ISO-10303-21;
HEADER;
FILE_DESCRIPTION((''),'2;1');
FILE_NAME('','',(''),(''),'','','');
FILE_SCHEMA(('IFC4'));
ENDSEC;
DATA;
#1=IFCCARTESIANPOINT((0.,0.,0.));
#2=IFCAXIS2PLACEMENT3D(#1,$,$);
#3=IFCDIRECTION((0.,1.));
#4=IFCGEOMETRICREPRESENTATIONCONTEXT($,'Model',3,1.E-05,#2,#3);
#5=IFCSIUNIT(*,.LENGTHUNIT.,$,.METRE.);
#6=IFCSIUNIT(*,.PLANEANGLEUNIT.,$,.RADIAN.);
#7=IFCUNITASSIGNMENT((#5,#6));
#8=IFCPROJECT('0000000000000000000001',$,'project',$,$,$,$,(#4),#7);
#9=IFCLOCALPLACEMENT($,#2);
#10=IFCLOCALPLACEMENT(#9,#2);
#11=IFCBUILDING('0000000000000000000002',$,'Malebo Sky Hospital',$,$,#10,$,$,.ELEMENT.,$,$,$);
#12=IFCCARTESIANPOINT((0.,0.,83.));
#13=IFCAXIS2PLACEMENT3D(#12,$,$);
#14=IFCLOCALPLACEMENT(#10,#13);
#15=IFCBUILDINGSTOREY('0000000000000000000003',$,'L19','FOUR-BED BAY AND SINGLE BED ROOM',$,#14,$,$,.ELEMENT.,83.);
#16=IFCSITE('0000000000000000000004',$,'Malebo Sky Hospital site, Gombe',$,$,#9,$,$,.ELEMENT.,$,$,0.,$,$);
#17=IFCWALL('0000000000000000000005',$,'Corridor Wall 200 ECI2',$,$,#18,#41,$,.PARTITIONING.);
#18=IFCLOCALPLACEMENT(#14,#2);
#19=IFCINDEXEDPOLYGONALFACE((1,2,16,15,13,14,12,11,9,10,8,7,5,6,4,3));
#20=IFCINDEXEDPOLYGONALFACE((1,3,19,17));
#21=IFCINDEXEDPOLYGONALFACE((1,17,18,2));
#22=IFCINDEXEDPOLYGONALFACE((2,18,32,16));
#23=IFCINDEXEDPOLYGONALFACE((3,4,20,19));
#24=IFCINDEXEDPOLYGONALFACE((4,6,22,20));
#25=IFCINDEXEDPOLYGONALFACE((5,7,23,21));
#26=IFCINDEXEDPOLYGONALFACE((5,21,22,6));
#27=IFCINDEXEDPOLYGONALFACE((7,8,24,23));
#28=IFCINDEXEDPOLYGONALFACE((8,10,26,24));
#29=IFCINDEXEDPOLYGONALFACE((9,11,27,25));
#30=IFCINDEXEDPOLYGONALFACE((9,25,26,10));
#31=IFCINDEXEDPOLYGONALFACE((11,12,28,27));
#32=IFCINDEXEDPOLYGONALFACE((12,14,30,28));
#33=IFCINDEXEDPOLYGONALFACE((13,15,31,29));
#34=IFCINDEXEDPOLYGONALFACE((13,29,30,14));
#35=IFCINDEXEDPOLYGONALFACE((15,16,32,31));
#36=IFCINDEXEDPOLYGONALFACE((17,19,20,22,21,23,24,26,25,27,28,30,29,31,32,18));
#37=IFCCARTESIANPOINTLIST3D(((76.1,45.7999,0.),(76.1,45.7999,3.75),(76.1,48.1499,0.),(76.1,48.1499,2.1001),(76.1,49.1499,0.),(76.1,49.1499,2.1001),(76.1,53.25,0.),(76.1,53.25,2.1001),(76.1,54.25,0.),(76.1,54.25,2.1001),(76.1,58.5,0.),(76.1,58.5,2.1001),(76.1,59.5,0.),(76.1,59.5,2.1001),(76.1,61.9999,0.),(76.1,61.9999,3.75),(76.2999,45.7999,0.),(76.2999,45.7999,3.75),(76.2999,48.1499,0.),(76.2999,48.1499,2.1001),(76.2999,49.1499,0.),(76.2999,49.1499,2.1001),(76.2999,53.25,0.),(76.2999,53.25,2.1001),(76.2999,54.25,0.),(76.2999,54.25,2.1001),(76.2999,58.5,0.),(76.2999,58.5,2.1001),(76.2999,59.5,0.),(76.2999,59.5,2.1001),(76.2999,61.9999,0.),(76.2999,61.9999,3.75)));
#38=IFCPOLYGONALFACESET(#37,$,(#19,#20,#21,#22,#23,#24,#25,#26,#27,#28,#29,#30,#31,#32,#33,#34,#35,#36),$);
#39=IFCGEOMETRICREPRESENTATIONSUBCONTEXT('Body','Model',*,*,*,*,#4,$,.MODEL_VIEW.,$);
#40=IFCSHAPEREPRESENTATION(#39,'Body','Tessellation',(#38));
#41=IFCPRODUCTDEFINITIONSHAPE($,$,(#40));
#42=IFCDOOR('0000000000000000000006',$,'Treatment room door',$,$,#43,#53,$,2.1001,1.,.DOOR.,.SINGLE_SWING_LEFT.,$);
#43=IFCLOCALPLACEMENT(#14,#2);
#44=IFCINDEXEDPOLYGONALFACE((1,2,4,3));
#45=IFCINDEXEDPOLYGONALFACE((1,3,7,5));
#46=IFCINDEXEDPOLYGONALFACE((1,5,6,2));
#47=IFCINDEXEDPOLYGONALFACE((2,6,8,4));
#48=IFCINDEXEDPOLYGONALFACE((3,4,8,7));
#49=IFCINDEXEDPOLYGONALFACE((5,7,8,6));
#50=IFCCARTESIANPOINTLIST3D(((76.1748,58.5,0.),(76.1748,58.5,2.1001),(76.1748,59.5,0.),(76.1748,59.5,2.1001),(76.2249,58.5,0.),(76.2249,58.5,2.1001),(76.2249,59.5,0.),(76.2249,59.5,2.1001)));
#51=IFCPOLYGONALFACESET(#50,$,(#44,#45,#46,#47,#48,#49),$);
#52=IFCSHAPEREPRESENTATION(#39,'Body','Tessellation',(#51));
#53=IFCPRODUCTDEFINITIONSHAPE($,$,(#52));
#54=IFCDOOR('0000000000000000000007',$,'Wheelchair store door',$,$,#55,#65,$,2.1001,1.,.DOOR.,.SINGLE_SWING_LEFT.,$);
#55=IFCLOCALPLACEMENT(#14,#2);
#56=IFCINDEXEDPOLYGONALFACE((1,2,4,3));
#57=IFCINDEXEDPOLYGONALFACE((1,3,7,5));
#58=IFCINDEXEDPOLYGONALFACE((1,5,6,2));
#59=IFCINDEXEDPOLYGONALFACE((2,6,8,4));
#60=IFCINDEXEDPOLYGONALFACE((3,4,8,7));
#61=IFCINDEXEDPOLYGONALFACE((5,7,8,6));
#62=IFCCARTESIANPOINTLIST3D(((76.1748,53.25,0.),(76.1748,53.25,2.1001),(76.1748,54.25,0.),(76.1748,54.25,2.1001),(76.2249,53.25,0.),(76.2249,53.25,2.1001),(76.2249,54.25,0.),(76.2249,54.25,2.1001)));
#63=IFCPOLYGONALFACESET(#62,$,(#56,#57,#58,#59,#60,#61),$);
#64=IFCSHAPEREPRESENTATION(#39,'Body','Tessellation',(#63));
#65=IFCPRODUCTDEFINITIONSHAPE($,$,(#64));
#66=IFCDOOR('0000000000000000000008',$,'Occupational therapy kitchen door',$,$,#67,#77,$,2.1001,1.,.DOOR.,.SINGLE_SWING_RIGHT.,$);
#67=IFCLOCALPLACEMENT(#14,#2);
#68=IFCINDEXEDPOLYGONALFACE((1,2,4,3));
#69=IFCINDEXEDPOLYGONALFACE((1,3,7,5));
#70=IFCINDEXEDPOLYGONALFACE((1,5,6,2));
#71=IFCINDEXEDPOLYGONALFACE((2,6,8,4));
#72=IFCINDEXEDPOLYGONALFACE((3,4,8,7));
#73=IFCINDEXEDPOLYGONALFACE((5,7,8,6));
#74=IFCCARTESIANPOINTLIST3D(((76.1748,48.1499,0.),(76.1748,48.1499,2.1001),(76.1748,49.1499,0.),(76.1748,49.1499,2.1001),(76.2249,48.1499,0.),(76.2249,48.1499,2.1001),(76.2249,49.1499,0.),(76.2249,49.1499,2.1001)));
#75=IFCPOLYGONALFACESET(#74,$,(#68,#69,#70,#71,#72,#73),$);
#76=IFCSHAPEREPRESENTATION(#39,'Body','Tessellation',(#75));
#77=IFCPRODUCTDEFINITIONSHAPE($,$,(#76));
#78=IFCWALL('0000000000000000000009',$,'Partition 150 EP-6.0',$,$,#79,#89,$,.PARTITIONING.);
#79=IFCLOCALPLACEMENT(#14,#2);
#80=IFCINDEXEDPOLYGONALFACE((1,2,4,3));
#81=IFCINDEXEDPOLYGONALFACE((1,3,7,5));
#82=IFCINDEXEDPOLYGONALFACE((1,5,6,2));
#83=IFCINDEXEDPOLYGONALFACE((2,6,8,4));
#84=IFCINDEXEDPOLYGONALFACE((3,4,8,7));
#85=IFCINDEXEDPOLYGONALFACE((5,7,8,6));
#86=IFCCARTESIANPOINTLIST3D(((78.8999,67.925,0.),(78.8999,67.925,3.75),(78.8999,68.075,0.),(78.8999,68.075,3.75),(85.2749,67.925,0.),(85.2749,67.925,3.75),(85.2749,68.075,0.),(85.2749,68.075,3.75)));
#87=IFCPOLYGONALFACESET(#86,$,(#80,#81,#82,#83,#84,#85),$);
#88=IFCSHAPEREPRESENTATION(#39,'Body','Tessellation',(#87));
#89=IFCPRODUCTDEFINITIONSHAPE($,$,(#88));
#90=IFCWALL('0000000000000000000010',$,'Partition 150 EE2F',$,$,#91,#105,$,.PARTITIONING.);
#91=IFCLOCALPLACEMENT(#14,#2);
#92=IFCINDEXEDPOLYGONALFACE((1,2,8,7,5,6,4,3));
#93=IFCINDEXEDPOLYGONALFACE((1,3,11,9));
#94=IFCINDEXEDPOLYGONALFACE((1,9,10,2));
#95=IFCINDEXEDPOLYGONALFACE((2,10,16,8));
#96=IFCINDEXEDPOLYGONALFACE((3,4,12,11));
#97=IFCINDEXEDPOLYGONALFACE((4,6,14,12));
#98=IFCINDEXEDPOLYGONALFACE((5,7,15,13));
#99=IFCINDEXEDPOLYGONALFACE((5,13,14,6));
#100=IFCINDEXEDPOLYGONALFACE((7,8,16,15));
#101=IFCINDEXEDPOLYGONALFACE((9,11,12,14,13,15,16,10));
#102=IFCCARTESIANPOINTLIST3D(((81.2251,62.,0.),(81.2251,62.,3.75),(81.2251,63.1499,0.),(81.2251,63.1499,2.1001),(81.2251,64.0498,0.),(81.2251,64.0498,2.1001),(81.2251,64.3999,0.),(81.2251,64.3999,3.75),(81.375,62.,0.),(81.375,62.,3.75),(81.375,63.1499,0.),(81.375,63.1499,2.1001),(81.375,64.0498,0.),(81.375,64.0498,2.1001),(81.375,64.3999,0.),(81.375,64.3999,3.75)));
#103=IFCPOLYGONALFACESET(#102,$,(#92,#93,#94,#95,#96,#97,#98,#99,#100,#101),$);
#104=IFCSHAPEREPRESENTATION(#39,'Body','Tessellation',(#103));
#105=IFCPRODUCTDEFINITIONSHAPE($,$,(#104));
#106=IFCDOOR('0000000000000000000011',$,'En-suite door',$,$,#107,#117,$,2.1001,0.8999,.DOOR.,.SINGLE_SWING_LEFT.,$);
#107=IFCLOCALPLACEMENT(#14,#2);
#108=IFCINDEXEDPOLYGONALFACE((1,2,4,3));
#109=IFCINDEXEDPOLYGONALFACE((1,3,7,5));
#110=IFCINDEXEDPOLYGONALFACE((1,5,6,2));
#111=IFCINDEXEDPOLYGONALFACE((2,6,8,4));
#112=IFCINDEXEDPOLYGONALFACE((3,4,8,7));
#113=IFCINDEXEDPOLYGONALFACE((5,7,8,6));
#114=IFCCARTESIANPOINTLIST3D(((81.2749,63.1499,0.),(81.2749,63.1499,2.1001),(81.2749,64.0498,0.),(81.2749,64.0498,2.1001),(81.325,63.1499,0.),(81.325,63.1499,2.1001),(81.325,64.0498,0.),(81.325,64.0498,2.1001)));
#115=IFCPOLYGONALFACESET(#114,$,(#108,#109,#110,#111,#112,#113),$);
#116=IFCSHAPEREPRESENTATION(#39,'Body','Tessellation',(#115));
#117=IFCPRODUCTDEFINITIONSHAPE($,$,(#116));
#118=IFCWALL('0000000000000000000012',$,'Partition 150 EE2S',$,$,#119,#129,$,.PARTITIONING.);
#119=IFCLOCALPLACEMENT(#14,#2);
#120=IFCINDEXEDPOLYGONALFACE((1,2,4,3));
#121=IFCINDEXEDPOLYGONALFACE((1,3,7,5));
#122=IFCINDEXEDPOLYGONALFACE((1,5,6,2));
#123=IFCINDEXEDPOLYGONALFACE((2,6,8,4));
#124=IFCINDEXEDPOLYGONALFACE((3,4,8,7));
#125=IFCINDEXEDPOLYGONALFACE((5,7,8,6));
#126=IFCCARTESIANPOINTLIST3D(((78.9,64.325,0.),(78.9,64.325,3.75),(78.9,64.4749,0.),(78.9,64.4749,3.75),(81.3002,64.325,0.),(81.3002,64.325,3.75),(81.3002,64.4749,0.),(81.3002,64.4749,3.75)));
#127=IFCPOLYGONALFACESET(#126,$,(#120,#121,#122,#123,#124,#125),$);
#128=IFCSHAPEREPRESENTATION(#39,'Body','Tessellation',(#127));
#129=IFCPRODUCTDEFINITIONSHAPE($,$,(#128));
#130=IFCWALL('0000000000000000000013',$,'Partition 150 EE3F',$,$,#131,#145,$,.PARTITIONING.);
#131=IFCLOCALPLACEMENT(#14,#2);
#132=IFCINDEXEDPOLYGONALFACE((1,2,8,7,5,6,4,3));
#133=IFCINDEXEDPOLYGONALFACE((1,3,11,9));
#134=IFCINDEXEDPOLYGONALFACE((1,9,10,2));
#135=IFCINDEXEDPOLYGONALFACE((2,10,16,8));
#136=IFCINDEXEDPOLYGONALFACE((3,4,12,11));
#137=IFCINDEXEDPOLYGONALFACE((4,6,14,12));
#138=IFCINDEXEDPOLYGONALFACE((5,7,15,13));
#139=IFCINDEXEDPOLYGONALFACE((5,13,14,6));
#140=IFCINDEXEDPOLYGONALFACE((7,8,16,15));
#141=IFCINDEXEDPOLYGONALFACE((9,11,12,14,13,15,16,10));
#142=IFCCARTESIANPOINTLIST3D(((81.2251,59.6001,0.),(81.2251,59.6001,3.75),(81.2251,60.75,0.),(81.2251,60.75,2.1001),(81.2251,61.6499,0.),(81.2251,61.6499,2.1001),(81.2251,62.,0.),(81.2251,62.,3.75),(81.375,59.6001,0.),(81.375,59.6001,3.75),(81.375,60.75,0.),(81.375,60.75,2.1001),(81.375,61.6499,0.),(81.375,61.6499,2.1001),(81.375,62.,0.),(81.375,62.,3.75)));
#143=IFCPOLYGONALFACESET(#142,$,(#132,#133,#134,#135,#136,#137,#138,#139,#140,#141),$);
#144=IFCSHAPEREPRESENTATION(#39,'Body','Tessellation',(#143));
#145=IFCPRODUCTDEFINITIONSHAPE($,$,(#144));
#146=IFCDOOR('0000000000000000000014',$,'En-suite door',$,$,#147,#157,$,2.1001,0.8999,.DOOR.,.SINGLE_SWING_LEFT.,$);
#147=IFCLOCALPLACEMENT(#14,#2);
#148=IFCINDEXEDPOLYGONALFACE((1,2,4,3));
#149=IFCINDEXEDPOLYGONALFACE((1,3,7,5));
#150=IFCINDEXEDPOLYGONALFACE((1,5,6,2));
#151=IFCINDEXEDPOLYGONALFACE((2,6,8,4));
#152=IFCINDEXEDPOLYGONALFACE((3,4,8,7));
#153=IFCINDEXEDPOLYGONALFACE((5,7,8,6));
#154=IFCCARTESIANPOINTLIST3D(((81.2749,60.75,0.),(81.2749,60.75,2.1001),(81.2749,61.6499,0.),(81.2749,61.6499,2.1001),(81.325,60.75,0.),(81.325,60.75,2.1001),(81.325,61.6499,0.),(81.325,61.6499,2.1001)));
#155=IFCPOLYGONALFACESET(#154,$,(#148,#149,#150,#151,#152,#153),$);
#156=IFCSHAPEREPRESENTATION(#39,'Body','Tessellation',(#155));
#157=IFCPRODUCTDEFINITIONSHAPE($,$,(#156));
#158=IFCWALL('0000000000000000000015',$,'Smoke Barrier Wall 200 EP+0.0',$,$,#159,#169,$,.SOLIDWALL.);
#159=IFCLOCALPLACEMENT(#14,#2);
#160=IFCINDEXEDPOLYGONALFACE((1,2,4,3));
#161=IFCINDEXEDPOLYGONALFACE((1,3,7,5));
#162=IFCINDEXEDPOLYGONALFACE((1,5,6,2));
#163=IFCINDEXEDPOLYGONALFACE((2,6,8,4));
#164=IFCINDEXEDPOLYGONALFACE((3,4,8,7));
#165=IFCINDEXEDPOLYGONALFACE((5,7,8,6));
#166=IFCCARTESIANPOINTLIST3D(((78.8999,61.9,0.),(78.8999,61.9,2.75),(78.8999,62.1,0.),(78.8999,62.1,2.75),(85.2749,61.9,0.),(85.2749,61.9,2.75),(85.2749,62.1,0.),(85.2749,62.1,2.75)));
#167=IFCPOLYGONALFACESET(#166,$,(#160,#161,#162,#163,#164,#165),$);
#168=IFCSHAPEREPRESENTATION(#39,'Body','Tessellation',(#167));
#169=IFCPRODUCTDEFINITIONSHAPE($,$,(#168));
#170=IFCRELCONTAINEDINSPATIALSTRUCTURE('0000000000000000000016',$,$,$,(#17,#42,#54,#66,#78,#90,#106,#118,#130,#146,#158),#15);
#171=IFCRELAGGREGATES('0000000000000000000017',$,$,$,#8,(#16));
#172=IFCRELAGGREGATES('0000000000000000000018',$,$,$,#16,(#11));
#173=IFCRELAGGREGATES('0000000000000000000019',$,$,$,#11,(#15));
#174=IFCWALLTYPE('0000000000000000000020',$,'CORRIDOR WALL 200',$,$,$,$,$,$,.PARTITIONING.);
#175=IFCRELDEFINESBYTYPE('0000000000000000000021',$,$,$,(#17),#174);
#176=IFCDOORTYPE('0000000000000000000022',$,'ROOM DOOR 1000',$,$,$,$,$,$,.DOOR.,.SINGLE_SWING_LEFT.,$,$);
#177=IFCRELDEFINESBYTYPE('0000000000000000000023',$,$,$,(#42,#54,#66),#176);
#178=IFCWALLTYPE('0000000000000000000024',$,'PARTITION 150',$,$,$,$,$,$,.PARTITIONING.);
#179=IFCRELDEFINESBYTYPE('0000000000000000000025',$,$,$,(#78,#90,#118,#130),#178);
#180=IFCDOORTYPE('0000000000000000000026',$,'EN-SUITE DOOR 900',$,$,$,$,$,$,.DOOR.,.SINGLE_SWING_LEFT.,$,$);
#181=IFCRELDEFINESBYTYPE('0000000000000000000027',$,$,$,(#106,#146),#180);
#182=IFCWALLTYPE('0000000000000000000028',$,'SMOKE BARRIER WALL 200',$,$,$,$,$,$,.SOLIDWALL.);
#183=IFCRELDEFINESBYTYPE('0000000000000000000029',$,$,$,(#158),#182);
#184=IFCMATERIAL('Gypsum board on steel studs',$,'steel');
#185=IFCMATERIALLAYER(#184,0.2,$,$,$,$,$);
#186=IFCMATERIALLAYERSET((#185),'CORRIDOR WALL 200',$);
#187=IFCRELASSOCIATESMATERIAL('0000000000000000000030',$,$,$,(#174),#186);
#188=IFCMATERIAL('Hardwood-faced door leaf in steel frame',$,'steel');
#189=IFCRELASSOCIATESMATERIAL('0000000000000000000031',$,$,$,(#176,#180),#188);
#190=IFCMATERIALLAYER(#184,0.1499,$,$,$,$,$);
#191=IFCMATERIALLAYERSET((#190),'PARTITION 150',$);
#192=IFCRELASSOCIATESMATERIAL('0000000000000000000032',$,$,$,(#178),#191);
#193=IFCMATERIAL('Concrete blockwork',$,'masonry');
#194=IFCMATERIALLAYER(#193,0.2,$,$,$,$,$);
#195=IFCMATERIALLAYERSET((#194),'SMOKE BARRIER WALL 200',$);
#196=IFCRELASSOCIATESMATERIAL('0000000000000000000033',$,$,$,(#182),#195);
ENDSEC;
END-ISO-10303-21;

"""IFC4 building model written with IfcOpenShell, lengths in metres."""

from ifc_helpers import new_model, si_unit, direction, frame, frame_2d, origin, place, context, subcontext, project, spatial, rectangle, extrude, material, layer, layer_set, type_object, element, fill, save


model = new_model("IFC4")

# Units and contexts
model_context = context("Model", 3, precision=1e-05, world=origin(), true_north=direction((0.0, 1.0)))
body_context = subcontext(model_context, "Body", "Model", "MODEL_VIEW")
ifc_project = project(units=[si_unit("LENGTHUNIT", "METRE"), si_unit("PLANEANGLEUNIT", "RADIAN")], contexts=[model_context])

# Site, building, storey
site_placement = place(None, origin())
site = spatial("IfcSite", under=ifc_project, at=site_placement, Name="Malebo Sky Hospital site, Gombe", CompositionType="ELEMENT", RefElevation=0.0)
building_placement = place(site_placement, origin())
building = spatial("IfcBuilding", under=site, at=building_placement, Name="Malebo Sky Hospital", CompositionType="ELEMENT")
storey_placement = place(building_placement, frame((0.0, 0.0, 83.0)))
storey = spatial("IfcBuildingStorey", under=building, at=storey_placement, Name="L19", Description="FOUR-BED BAY AND SINGLE BED ROOM", CompositionType="ELEMENT", Elevation=83.0)

# Wall, openings, doors
ifc_material_1 = material(Name="Gypsum board on steel studs", Category="steel")
ifc_layer_1 = layer(ifc_material_1, 0.2)
ifc_layer_set_1 = layer_set([ifc_layer_1], Name="CORRIDOR WALL 200")
wall_type_1 = type_object("IfcWallType", Name="CORRIDOR WALL 200", PredefinedType="PARTITIONING", material=ifc_layer_set_1)
wall_1_placement = place(storey_placement, frame((76.2, 62.0, 0.0), z_axis=(0.0, 0.0, 1.0), x_axis=(0.0, -1.0, 0.0)))
wall_1 = element("IfcWall", 1, at=wall_1_placement, inside=storey, type_object=wall_type_1, Name="Corridor Wall 200 ECI2", PredefinedType="PARTITIONING", context=body_context, shape_type="SweptSolid", body=[
    extrude(rectangle(XDim=16.2, YDim=0.2, at=frame_2d((8.1001, 0.0))), origin(), (0.0, 0.0, 1.0), 3.75),
])
opening_1_placement = place(wall_1_placement, frame((2.5, 0.0, 0.0)))
opening_1 = element("IfcOpeningElement", 2, at=opening_1_placement, cuts=wall_1, PredefinedType="OPENING", context=body_context, shape_type="SweptSolid", body=[
    extrude(rectangle(XDim=1.0, YDim=2.1001, at=frame_2d((0.5, 1.05))), frame((0.0, 0.1099, 0.0), z_axis=(0.0, -1.0, 0.0), x_axis=(1.0, 0.0, 0.0)), (0.0, 0.0, 1.0), 0.22),
])
opening_2_placement = place(wall_1_placement, frame((7.75, 0.0, 0.0)))
opening_2 = element("IfcOpeningElement", 3, at=opening_2_placement, cuts=wall_1, PredefinedType="OPENING", context=body_context, shape_type="SweptSolid", body=[
    extrude(rectangle(XDim=1.0, YDim=2.1001, at=frame_2d((0.5, 1.05))), frame((0.0, 0.1099, 0.0), z_axis=(0.0, -1.0, 0.0), x_axis=(1.0, 0.0, 0.0)), (0.0, 0.0, 1.0), 0.22),
])
opening_3_placement = place(wall_1_placement, frame((12.8501, 0.0, 0.0)))
opening_3 = element("IfcOpeningElement", 4, at=opening_3_placement, cuts=wall_1, PredefinedType="OPENING", context=body_context, shape_type="SweptSolid", body=[
    extrude(rectangle(XDim=1.0, YDim=2.1001, at=frame_2d((0.5, 1.05))), frame((0.0, 0.1099, 0.0), z_axis=(0.0, -1.0, 0.0), x_axis=(1.0, 0.0, 0.0)), (0.0, 0.0, 1.0), 0.22),
])
ifc_material_2 = material(Name="Hardwood-faced door leaf in steel frame", Category="steel")
door_type_1 = type_object("IfcDoorType", Name="ROOM DOOR 1000", OperationType="SINGLE_SWING_LEFT", PredefinedType="DOOR", material=ifc_material_2)
door_1_placement = place(opening_1_placement, origin())
door_1 = element("IfcDoor", 5, at=door_1_placement, inside=storey, type_object=door_type_1, Name="Treatment room door", OperationType="SINGLE_SWING_LEFT", OverallHeight=2.1001, OverallWidth=1.0, PredefinedType="DOOR", context=body_context, shape_type="SweptSolid", body=[
    extrude(rectangle(XDim=1.0, YDim=2.1001, at=frame_2d((0.5, 1.05))), frame((0.0, 0.0249, 0.0), z_axis=(0.0, -1.0, 0.0), x_axis=(1.0, 0.0, 0.0)), (0.0, 0.0, 1.0), 0.05),
])
fill(opening_1, door_1)
door_2_placement = place(opening_2_placement, origin())
door_2 = element("IfcDoor", 6, at=door_2_placement, inside=storey, type_object=door_type_1, Name="Wheelchair store door", OperationType="SINGLE_SWING_LEFT", OverallHeight=2.1001, OverallWidth=1.0, PredefinedType="DOOR", context=body_context, shape_type="SweptSolid", body=[
    extrude(rectangle(XDim=1.0, YDim=2.1001, at=frame_2d((0.5, 1.05))), frame((0.0, 0.0249, 0.0), z_axis=(0.0, -1.0, 0.0), x_axis=(1.0, 0.0, 0.0)), (0.0, 0.0, 1.0), 0.05),
])
fill(opening_2, door_2)
door_3_placement = place(opening_3_placement, origin())
door_3 = element("IfcDoor", 7, at=door_3_placement, inside=storey, type_object=door_type_1, Name="Occupational therapy kitchen door", OperationType="SINGLE_SWING_RIGHT", OverallHeight=2.1001, OverallWidth=1.0, PredefinedType="DOOR", context=body_context, shape_type="SweptSolid", body=[
    extrude(rectangle(XDim=1.0, YDim=2.1001, at=frame_2d((0.5, 1.05))), frame((0.0, 0.0249, 0.0), z_axis=(0.0, -1.0, 0.0), x_axis=(1.0, 0.0, 0.0)), (0.0, 0.0, 1.0), 0.05),
])
fill(opening_3, door_3)

# Wall
ifc_layer_2 = layer(ifc_material_1, 0.1499)
ifc_layer_set_2 = layer_set([ifc_layer_2], Name="PARTITION 150")
wall_type_2 = type_object("IfcWallType", Name="PARTITION 150", PredefinedType="PARTITIONING", material=ifc_layer_set_2)
wall_2_placement = place(storey_placement, frame((78.8999, 68.0, 0.0), z_axis=(0.0, 0.0, 1.0), x_axis=(1.0, 0.0, 0.0)))
element("IfcWall", 8, at=wall_2_placement, inside=storey, type_object=wall_type_2, Name="Partition 150 EP-6.0", PredefinedType="PARTITIONING", context=body_context, shape_type="SweptSolid", body=[
    extrude(rectangle(XDim=6.375, YDim=0.1499, at=frame_2d((3.1875, 0.0))), origin(), (0.0, 0.0, 1.0), 3.75),
])

# Wall, opening, door
wall_3_placement = place(storey_placement, frame((81.3, 64.3999, 0.0), z_axis=(0.0, 0.0, 1.0), x_axis=(0.0, -1.0, 0.0)))
wall_3 = element("IfcWall", 9, at=wall_3_placement, inside=storey, type_object=wall_type_2, Name="Partition 150 EE2F", PredefinedType="PARTITIONING", context=body_context, shape_type="SweptSolid", body=[
    extrude(rectangle(XDim=2.3999, YDim=0.1499, at=frame_2d((1.2, 0.0))), origin(), (0.0, 0.0, 1.0), 3.75),
])
opening_4_placement = place(wall_3_placement, frame((0.3501, 0.0, 0.0)))
opening_4 = element("IfcOpeningElement", 10, at=opening_4_placement, cuts=wall_3, PredefinedType="OPENING", context=body_context, shape_type="SweptSolid", body=[
    extrude(rectangle(XDim=0.8999, YDim=2.1001, at=frame_2d((0.45, 1.05))), frame((0.0, 0.085, 0.0), z_axis=(0.0, -1.0, 0.0), x_axis=(1.0, 0.0, 0.0)), (0.0, 0.0, 1.0), 0.1699),
])
door_type_2 = type_object("IfcDoorType", Name="EN-SUITE DOOR 900", OperationType="SINGLE_SWING_LEFT", PredefinedType="DOOR", material=ifc_material_2)
door_4_placement = place(opening_4_placement, origin())
door_4 = element("IfcDoor", 11, at=door_4_placement, inside=storey, type_object=door_type_2, Name="En-suite door", OperationType="SINGLE_SWING_LEFT", OverallHeight=2.1001, OverallWidth=0.8999, PredefinedType="DOOR", context=body_context, shape_type="SweptSolid", body=[
    extrude(rectangle(XDim=0.8999, YDim=2.1001, at=frame_2d((0.45, 1.05))), frame((0.0, 0.0249, 0.0), z_axis=(0.0, -1.0, 0.0), x_axis=(1.0, 0.0, 0.0)), (0.0, 0.0, 1.0), 0.05),
])
fill(opening_4, door_4)

# Wall
wall_4_placement = place(storey_placement, frame((78.8999, 64.3999, 0.0), z_axis=(0.0, 0.0, 1.0), x_axis=(1.0, 0.0, 0.0)))
element("IfcWall", 12, at=wall_4_placement, inside=storey, type_object=wall_type_2, Name="Partition 150 EE2S", PredefinedType="PARTITIONING", context=body_context, shape_type="SweptSolid", body=[
    extrude(rectangle(XDim=2.4001, YDim=0.1499, at=frame_2d((1.2002, 0.0))), origin(), (0.0, 0.0, 1.0), 3.75),
])

# Wall, opening, door
wall_5_placement = place(storey_placement, frame((81.3, 62.0, 0.0), z_axis=(0.0, 0.0, 1.0), x_axis=(0.0, -1.0, 0.0)))
wall_5 = element("IfcWall", 13, at=wall_5_placement, inside=storey, type_object=wall_type_2, Name="Partition 150 EE3F", PredefinedType="PARTITIONING", context=body_context, shape_type="SweptSolid", body=[
    extrude(rectangle(XDim=2.3999, YDim=0.1499, at=frame_2d((1.2, 0.0))), origin(), (0.0, 0.0, 1.0), 3.75),
])
opening_5_placement = place(wall_5_placement, frame((0.3501, 0.0, 0.0)))
opening_5 = element("IfcOpeningElement", 14, at=opening_5_placement, cuts=wall_5, PredefinedType="OPENING", context=body_context, shape_type="SweptSolid", body=[
    extrude(rectangle(XDim=0.8999, YDim=2.1001, at=frame_2d((0.45, 1.05))), frame((0.0, 0.085, 0.0), z_axis=(0.0, -1.0, 0.0), x_axis=(1.0, 0.0, 0.0)), (0.0, 0.0, 1.0), 0.1699),
])
door_5_placement = place(opening_5_placement, origin())
door_5 = element("IfcDoor", 15, at=door_5_placement, inside=storey, type_object=door_type_2, Name="En-suite door", OperationType="SINGLE_SWING_LEFT", OverallHeight=2.1001, OverallWidth=0.8999, PredefinedType="DOOR", context=body_context, shape_type="SweptSolid", body=[
    extrude(rectangle(XDim=0.8999, YDim=2.1001, at=frame_2d((0.45, 1.05))), frame((0.0, 0.0249, 0.0), z_axis=(0.0, -1.0, 0.0), x_axis=(1.0, 0.0, 0.0)), (0.0, 0.0, 1.0), 0.05),
])
fill(opening_5, door_5)

# Wall
ifc_material_3 = material(Name="Concrete blockwork", Category="masonry")
ifc_layer_3 = layer(ifc_material_3, 0.2)
ifc_layer_set_3 = layer_set([ifc_layer_3], Name="SMOKE BARRIER WALL 200")
wall_type_3 = type_object("IfcWallType", Name="SMOKE BARRIER WALL 200", PredefinedType="SOLIDWALL", material=ifc_layer_set_3)
wall_6_placement = place(storey_placement, frame((78.8999, 62.0, 0.0), z_axis=(0.0, 0.0, 1.0), x_axis=(1.0, 0.0, 0.0)))
element("IfcWall", 16, at=wall_6_placement, inside=storey, type_object=wall_type_3, Name="Smoke Barrier Wall 200 EP+0.0", PredefinedType="SOLIDWALL", context=body_context, shape_type="SweptSolid", body=[
    extrude(rectangle(XDim=6.375, YDim=0.2, at=frame_2d((3.1875, 0.0))), origin(), (0.0, 0.0, 1.0), 2.75),
])

save(model, "model.ifc")
